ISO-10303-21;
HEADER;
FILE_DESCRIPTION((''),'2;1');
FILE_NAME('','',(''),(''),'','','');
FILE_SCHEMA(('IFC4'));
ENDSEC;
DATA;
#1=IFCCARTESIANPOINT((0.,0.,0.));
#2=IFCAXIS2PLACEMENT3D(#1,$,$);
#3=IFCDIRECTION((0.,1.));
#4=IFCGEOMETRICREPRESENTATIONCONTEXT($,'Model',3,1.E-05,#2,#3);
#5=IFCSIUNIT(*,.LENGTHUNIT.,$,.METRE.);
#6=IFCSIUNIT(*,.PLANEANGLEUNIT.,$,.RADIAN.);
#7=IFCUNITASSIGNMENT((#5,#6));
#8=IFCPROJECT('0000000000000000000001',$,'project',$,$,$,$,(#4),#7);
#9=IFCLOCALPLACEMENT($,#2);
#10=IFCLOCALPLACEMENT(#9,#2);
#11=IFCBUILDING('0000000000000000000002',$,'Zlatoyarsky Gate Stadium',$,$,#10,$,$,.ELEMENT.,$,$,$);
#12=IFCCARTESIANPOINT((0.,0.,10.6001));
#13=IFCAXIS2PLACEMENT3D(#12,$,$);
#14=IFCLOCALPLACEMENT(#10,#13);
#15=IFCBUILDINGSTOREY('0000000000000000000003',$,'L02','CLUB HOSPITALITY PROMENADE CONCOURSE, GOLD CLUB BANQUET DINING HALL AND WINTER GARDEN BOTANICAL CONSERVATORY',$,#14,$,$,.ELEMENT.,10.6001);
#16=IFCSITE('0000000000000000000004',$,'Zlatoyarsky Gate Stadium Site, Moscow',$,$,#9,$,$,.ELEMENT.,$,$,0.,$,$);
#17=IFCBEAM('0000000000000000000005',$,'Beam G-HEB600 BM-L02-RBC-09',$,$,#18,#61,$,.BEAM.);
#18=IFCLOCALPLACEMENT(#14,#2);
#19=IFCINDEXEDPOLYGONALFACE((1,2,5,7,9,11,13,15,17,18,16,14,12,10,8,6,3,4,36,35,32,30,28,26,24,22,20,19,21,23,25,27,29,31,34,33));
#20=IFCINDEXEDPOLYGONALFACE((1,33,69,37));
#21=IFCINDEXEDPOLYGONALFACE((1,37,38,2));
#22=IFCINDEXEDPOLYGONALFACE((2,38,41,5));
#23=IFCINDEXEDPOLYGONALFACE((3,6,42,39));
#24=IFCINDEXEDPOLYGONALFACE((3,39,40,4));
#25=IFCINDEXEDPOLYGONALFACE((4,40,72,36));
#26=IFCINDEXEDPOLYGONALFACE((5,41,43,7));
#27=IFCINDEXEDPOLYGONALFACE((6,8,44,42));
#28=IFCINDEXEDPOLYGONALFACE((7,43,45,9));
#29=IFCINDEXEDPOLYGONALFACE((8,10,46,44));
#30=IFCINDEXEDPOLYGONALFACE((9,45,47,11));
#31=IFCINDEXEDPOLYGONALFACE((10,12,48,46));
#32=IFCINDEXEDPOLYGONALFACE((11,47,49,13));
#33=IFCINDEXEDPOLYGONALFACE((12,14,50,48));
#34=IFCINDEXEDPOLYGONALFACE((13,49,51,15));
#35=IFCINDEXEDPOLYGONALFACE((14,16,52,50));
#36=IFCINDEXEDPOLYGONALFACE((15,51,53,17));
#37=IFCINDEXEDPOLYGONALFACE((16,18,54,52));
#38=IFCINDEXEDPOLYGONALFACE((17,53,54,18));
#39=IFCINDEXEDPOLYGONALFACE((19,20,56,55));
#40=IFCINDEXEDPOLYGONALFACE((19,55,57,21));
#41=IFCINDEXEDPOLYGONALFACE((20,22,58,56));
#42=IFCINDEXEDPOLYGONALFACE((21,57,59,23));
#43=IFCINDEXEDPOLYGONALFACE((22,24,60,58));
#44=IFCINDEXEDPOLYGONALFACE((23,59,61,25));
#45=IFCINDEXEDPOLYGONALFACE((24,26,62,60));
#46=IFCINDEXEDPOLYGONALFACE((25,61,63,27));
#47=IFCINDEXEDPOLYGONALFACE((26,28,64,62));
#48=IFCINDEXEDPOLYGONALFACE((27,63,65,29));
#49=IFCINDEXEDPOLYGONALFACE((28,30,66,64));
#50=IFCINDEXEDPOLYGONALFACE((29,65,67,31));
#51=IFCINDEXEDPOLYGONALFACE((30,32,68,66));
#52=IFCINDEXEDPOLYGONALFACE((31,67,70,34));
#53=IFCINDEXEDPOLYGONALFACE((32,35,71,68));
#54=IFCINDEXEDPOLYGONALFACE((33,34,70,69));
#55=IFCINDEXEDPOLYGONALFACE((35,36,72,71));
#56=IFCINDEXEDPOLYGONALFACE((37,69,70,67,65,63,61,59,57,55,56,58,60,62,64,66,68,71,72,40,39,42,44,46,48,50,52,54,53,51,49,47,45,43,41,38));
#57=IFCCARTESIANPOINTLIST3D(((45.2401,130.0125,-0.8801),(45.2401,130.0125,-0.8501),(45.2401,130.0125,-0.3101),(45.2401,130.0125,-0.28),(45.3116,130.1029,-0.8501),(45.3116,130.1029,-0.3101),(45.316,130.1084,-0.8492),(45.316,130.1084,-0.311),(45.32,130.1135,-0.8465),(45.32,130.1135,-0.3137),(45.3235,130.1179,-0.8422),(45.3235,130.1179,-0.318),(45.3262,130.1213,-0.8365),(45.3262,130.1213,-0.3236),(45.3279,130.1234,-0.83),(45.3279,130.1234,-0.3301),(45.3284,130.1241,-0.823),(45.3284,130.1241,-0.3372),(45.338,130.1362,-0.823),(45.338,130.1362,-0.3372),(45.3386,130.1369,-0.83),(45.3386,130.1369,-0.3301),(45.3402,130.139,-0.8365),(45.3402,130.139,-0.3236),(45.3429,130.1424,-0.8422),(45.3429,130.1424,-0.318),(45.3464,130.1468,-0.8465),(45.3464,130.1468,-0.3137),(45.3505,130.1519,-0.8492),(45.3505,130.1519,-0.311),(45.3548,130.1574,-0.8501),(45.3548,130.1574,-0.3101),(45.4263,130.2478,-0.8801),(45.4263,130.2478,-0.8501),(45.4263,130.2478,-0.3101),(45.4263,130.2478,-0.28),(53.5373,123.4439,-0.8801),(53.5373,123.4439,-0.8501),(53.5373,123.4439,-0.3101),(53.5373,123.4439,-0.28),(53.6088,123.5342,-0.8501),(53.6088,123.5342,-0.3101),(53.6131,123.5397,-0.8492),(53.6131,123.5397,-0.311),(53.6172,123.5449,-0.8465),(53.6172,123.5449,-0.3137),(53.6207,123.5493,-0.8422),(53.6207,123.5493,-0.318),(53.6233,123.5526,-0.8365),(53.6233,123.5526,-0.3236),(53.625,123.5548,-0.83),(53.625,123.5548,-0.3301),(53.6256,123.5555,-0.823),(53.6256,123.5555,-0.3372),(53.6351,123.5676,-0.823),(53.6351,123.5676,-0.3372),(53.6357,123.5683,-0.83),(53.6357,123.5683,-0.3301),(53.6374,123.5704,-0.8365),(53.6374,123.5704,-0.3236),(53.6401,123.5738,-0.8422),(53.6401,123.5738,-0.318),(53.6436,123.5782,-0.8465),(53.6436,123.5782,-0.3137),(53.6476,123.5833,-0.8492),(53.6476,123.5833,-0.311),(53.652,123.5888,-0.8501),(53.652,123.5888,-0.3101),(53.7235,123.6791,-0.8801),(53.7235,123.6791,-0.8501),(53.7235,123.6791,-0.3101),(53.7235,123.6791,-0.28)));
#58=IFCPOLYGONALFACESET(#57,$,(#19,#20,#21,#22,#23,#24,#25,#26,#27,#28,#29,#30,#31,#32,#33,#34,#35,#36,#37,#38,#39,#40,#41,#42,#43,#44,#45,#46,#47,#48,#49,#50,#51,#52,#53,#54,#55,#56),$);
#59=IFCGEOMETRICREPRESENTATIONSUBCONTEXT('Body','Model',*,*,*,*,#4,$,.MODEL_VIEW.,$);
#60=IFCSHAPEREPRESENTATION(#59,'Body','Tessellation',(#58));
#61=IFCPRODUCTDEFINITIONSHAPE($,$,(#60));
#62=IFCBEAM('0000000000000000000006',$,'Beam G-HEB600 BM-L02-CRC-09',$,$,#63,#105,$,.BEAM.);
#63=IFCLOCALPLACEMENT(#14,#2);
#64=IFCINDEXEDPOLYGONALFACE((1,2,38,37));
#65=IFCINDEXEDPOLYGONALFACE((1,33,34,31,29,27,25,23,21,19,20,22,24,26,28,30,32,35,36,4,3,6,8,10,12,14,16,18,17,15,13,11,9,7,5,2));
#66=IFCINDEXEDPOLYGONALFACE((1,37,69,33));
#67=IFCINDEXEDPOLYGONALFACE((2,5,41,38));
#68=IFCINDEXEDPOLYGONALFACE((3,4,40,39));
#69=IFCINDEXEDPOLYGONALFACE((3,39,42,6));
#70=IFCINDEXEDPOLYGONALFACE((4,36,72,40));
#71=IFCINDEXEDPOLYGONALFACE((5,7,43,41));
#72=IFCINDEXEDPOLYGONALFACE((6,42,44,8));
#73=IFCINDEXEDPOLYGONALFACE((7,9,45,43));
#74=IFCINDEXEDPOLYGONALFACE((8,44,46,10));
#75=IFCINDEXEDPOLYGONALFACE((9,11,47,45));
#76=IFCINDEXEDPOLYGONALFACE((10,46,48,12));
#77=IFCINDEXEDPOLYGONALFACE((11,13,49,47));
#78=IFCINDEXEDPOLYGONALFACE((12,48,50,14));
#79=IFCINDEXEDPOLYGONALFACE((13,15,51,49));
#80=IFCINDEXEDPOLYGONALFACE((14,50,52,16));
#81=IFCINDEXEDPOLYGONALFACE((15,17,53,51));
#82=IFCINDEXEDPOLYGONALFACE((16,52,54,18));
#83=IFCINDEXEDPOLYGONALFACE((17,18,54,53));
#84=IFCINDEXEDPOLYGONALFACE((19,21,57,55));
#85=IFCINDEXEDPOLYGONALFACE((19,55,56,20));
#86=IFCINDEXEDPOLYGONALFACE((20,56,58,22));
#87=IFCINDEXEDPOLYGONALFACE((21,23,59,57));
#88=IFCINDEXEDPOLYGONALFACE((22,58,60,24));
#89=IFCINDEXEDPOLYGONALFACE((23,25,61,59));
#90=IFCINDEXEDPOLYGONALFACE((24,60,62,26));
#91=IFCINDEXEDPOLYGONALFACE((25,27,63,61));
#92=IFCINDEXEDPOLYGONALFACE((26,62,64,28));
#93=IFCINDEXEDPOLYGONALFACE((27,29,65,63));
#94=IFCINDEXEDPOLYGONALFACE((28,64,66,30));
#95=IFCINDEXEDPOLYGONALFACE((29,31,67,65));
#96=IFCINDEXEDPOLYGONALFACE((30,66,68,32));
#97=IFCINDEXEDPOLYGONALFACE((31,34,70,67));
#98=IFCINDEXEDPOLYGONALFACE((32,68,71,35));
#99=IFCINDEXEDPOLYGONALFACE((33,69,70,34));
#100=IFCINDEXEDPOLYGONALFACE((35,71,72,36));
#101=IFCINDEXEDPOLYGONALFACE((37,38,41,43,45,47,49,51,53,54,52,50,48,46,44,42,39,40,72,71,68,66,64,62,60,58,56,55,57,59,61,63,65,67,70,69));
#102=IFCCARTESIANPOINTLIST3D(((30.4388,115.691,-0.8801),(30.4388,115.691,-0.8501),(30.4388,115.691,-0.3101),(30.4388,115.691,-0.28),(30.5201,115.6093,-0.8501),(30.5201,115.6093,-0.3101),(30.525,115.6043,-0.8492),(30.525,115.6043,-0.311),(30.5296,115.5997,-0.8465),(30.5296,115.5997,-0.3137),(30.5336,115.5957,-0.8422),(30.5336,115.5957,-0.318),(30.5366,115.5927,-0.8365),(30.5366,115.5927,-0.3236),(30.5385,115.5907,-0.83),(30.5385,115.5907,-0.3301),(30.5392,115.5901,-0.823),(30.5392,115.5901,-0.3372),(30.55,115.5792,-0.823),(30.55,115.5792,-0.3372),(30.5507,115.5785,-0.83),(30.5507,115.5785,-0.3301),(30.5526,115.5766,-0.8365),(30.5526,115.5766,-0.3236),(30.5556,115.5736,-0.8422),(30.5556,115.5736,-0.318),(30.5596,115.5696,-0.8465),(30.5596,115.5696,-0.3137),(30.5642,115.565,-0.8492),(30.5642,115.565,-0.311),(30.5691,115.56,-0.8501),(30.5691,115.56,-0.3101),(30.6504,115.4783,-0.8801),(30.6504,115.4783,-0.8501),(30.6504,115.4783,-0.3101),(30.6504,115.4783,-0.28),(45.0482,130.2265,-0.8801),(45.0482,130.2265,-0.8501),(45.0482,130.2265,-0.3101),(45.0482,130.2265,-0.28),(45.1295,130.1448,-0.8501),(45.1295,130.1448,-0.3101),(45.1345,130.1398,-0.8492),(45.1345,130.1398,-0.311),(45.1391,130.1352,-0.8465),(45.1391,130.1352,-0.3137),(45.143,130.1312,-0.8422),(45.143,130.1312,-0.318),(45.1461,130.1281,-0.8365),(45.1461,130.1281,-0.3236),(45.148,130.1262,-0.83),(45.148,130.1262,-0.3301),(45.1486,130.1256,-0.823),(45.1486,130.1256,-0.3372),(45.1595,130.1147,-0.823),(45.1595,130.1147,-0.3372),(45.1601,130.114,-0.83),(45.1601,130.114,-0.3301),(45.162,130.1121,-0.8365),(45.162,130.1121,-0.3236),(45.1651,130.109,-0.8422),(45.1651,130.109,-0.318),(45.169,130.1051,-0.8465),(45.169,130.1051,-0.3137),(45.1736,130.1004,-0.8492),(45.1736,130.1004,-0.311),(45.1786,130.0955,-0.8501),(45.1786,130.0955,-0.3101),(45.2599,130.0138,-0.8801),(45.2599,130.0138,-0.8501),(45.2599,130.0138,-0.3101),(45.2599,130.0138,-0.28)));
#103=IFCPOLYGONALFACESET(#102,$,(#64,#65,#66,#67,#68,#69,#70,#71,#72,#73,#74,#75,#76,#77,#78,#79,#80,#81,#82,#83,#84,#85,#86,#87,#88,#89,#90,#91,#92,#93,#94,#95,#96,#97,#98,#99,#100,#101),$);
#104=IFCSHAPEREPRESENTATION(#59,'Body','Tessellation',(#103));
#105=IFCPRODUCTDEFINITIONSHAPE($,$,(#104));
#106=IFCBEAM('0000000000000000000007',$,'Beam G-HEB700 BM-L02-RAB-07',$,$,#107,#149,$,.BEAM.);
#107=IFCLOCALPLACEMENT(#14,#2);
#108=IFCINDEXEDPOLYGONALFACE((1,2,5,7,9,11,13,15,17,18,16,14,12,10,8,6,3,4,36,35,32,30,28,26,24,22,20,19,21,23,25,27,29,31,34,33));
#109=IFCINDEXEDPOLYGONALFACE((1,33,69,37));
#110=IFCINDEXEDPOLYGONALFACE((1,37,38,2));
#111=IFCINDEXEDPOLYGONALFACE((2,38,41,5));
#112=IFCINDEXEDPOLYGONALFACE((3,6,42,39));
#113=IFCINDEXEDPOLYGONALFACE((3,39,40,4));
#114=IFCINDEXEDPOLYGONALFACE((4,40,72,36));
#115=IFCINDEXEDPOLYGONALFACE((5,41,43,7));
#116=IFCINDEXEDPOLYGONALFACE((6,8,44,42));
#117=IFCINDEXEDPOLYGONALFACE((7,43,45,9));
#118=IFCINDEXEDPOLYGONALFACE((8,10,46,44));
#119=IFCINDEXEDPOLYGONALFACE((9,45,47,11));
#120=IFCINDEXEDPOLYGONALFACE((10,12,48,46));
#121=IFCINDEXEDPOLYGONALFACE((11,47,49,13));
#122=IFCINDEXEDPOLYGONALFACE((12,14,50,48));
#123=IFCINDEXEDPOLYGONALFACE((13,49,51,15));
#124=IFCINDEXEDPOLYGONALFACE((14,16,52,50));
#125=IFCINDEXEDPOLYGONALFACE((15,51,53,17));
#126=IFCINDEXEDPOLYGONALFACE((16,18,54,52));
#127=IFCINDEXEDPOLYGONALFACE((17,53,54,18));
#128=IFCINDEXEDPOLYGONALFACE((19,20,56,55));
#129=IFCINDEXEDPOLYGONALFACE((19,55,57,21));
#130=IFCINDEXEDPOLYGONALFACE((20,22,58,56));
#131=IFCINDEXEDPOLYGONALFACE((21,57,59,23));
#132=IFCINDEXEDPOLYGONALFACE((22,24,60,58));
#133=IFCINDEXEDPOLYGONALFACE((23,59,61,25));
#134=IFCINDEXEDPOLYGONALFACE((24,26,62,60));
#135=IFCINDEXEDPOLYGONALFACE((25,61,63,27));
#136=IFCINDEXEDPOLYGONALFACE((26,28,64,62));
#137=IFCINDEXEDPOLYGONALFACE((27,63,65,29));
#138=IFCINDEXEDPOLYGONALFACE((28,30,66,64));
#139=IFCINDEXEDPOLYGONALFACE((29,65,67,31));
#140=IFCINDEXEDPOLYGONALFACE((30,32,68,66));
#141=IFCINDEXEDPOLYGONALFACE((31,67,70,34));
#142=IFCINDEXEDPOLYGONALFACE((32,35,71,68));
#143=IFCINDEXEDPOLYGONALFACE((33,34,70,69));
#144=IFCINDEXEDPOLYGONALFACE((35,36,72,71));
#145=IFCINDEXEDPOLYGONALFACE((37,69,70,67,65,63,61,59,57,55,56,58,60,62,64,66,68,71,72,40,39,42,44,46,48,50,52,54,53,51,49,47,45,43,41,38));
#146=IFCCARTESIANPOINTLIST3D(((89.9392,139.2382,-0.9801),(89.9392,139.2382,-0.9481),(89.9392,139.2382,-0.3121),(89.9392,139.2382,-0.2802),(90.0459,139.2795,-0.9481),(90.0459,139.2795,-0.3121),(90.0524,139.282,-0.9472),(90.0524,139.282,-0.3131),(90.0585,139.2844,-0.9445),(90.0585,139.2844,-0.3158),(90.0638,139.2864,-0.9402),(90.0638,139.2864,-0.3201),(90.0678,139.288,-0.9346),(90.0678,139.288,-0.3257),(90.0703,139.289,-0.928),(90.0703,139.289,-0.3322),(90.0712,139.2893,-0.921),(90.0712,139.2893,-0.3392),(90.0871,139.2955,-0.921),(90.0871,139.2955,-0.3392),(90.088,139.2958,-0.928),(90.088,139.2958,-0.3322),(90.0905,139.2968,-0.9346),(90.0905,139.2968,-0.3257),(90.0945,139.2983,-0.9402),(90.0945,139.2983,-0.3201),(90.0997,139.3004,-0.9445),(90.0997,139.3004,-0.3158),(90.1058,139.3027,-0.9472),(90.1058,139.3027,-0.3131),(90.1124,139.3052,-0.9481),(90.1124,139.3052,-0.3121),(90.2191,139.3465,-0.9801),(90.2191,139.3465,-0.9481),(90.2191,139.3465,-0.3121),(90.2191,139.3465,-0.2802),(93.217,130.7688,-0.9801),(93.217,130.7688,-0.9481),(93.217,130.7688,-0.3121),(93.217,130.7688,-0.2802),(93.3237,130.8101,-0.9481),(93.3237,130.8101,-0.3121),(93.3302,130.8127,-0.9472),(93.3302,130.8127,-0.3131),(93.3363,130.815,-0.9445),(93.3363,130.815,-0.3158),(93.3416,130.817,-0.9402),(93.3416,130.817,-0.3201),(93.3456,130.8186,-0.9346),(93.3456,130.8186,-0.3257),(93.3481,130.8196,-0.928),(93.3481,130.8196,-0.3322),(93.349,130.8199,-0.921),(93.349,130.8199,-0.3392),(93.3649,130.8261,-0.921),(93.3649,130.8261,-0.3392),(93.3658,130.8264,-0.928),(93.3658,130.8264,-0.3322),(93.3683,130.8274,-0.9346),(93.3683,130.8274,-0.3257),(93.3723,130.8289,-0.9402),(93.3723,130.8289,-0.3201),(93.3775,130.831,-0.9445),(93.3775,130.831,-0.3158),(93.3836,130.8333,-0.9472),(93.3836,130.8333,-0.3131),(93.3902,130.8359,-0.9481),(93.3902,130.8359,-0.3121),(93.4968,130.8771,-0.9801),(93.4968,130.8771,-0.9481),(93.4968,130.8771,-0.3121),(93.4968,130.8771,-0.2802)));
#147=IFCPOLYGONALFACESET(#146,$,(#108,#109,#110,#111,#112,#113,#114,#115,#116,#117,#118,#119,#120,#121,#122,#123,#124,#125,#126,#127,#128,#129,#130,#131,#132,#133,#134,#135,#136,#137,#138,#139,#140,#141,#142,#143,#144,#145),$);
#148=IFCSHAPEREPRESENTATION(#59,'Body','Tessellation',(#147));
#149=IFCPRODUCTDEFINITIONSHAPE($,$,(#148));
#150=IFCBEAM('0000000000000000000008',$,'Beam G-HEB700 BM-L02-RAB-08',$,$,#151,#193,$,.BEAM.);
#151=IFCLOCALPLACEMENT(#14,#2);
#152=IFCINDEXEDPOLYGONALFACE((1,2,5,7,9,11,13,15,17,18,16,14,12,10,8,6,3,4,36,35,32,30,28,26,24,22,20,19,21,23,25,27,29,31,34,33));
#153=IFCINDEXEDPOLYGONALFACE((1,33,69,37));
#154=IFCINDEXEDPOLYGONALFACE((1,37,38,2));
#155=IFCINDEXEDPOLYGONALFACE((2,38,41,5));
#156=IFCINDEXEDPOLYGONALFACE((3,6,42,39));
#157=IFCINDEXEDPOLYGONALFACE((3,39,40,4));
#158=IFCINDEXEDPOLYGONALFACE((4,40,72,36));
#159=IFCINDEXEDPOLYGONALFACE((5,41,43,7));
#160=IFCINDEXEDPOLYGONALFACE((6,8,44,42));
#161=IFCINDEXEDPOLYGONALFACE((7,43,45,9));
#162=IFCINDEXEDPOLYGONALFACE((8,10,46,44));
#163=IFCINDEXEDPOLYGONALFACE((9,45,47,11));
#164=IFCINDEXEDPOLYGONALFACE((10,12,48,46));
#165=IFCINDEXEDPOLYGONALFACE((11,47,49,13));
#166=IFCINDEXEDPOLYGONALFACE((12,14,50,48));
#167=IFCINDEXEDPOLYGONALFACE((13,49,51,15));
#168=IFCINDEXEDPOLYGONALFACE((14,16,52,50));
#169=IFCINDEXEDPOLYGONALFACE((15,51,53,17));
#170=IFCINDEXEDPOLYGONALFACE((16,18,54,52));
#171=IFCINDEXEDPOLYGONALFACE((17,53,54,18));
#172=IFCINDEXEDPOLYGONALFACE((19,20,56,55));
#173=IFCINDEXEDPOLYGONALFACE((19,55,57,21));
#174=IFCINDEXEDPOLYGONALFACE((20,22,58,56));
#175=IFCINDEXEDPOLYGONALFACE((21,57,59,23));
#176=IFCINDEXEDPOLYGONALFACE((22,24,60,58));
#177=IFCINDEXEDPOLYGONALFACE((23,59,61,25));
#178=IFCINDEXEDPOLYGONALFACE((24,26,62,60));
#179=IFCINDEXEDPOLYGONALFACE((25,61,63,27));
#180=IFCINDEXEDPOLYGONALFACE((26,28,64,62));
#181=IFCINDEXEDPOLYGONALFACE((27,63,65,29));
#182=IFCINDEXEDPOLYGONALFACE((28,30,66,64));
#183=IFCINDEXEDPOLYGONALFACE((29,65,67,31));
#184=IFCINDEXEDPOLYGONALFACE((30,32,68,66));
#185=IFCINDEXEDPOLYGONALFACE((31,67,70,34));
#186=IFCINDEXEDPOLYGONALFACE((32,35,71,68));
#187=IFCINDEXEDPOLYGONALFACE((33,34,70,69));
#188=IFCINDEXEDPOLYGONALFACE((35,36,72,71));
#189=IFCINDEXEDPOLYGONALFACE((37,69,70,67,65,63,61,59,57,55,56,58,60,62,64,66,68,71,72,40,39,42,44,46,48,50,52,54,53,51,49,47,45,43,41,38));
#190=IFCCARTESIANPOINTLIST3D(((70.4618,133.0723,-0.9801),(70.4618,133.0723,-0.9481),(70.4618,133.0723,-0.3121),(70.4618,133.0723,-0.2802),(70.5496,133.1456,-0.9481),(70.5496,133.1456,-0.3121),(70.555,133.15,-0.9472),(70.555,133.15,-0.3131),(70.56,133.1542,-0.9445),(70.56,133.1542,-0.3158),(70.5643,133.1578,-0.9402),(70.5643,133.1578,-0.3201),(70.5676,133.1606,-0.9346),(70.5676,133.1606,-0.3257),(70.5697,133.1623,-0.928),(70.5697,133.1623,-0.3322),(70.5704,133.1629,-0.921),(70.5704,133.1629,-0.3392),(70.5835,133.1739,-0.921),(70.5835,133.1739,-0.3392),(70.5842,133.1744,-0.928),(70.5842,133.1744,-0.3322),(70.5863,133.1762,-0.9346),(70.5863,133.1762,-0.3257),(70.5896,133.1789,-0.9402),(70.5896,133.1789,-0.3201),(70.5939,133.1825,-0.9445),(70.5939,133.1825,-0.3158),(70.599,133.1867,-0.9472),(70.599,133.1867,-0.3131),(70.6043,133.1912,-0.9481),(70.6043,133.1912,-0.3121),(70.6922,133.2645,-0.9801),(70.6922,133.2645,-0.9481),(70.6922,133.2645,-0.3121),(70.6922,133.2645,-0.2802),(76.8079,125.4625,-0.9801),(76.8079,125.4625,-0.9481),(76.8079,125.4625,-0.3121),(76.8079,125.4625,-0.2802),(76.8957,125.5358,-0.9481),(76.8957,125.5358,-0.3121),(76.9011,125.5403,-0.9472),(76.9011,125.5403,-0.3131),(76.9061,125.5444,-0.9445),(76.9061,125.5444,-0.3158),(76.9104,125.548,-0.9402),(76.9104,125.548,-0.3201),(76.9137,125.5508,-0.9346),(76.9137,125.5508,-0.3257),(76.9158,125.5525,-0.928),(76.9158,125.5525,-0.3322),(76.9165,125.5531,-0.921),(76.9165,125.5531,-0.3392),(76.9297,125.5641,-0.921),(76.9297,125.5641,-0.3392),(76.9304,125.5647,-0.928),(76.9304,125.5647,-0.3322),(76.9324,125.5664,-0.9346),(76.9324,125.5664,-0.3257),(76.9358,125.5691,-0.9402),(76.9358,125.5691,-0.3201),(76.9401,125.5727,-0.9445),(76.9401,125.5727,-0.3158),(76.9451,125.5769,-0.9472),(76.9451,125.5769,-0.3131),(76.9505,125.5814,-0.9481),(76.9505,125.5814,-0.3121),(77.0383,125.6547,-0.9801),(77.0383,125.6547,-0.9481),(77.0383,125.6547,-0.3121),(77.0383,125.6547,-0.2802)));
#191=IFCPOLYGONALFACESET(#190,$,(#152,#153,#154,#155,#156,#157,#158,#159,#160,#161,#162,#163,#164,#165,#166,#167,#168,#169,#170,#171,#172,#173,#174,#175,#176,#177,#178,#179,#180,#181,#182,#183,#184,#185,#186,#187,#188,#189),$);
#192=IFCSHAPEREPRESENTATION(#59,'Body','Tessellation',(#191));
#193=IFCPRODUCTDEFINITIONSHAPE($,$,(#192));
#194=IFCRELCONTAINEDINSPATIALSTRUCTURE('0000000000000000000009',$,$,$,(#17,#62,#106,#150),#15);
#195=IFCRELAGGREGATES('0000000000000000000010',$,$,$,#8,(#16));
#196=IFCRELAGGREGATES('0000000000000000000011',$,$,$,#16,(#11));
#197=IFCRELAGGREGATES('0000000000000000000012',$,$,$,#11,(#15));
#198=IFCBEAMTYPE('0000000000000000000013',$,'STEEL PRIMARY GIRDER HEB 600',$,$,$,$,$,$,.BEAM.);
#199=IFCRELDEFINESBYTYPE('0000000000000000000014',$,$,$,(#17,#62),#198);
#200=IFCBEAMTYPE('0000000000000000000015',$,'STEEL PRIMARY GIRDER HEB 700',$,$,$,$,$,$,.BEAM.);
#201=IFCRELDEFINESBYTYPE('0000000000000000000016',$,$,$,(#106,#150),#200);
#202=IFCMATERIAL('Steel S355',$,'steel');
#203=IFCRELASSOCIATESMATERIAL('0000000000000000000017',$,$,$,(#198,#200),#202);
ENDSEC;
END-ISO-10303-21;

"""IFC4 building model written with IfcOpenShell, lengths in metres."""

from ifc_helpers import new_model, si_unit, direction, frame, origin, origin_2d, place, context, subcontext, project, spatial, i_section, extrude, material, material_profile, profile_set, type_object, element, save


model = new_model("IFC4")

# Units and contexts
model_context = context("Model", 3, precision=1e-05, world=origin(), true_north=direction((0.0, 1.0)))
body_context = subcontext(model_context, "Body", "Model", "MODEL_VIEW")
ifc_project = project(units=[si_unit("LENGTHUNIT", "METRE"), si_unit("PLANEANGLEUNIT", "RADIAN")], contexts=[model_context])

# Site, building, storey
site_placement = place(None, origin())
site = spatial("IfcSite", under=ifc_project, at=site_placement, Name="Zlatoyarsky Gate Stadium Site, Moscow", CompositionType="ELEMENT", RefElevation=0.0)
building_placement = place(site_placement, origin())
building = spatial("IfcBuilding", under=site, at=building_placement, Name="Zlatoyarsky Gate Stadium", CompositionType="ELEMENT")
storey_placement = place(building_placement, frame((0.0, 0.0, 10.6001)))
storey = spatial("IfcBuildingStorey", under=building, at=storey_placement, Name="L02", Description="CLUB HOSPITALITY PROMENADE CONCOURSE, GOLD CLUB BANQUET DINING HALL AND WINTER GARDEN BOTANICAL CONSERVATORY", CompositionType="ELEMENT", Elevation=10.6001)

# Shared definitions
ifc_material_1 = material(Name="Steel S355", Category="steel")

# Beams
ifc_material_profile_1 = material_profile(ifc_material_1, i_section(OverallWidth=0.3, OverallDepth=0.6001, WebThickness=0.0154, FlangeThickness=0.03, FilletRadius=0.0271, at=origin_2d()), Name="HEB 600")
ifc_profile_set_1 = profile_set([ifc_material_profile_1], Name="Steel S355")
beam_type_1 = type_object("IfcBeamType", Name="STEEL PRIMARY GIRDER HEB 600", PredefinedType="BEAM", material=ifc_profile_set_1)
beam_1_placement = place(storey_placement, frame((53.6304, 123.5615, -0.5801), z_axis=(-0.784043, 0.620706, 0.0), x_axis=(-0.620706, -0.784043, 0.0)))
element("IfcBeam", 1, at=beam_1_placement, inside=storey, type_object=beam_type_1, Name="Beam G-HEB600 BM-L02-RBC-09", PredefinedType="BEAM", context=body_context, shape_type="SweptSolid", body=[
    extrude(i_section(OverallWidth=0.3, OverallDepth=0.6001, WebThickness=0.0154, FlangeThickness=0.03, FilletRadius=0.0271, at=origin_2d()), origin(), (0.0, 0.0, 1.0), 10.5825),
])
beam_2_placement = place(storey_placement, frame((45.1541, 130.1201, -0.5801), z_axis=(-0.708899, -0.70531, 0.0), x_axis=(0.70531, -0.708899, 0.0)))
element("IfcBeam", 2, at=beam_2_placement, inside=storey, type_object=beam_type_1, Name="Beam G-HEB600 BM-L02-CRC-09", PredefinedType="BEAM", context=body_context, shape_type="SweptSolid", body=[
    extrude(i_section(OverallWidth=0.3, OverallDepth=0.6001, WebThickness=0.0154, FlangeThickness=0.03, FilletRadius=0.0271, at=origin_2d()), origin(), (0.0, 0.0, 1.0), 20.6086),
])
ifc_material_profile_2 = material_profile(ifc_material_1, i_section(OverallWidth=0.3, OverallDepth=0.7, WebThickness=0.0171, FlangeThickness=0.032, FilletRadius=0.0271, at=origin_2d()), Name="HEB 700")
ifc_profile_set_2 = profile_set([ifc_material_profile_2], Name="Steel S355")
beam_type_2 = type_object("IfcBeamType", Name="STEEL PRIMARY GIRDER HEB 700", PredefinedType="BEAM", material=ifc_profile_set_2)
beam_3_placement = place(storey_placement, frame((93.3569, 130.823, -0.6301), z_axis=(-0.360929, 0.932593, 0.0), x_axis=(-0.932593, -0.360929, 0.0)))
element("IfcBeam", 3, at=beam_3_placement, inside=storey, type_object=beam_type_2, Name="Beam G-HEB700 BM-L02-RAB-07", PredefinedType="BEAM", context=body_context, shape_type="SweptSolid", body=[
    extrude(i_section(OverallWidth=0.3, OverallDepth=0.7, WebThickness=0.0171, FlangeThickness=0.032, FilletRadius=0.0271, at=origin_2d()), origin(), (0.0, 0.0, 1.0), 9.0815),
])
beam_4_placement = place(storey_placement, frame((76.9231, 125.5586, -0.6301), z_axis=(-0.640461, 0.767991, 0.0), x_axis=(-0.767991, -0.640461, 0.0)))
element("IfcBeam", 4, at=beam_4_placement, inside=storey, type_object=beam_type_2, Name="Beam G-HEB700 BM-L02-RAB-08", PredefinedType="BEAM", context=body_context, shape_type="SweptSolid", body=[
    extrude(i_section(OverallWidth=0.3, OverallDepth=0.7, WebThickness=0.0171, FlangeThickness=0.032, FilletRadius=0.0271, at=origin_2d()), origin(), (0.0, 0.0, 1.0), 9.9087),
])

save(model, "model.ifc")
